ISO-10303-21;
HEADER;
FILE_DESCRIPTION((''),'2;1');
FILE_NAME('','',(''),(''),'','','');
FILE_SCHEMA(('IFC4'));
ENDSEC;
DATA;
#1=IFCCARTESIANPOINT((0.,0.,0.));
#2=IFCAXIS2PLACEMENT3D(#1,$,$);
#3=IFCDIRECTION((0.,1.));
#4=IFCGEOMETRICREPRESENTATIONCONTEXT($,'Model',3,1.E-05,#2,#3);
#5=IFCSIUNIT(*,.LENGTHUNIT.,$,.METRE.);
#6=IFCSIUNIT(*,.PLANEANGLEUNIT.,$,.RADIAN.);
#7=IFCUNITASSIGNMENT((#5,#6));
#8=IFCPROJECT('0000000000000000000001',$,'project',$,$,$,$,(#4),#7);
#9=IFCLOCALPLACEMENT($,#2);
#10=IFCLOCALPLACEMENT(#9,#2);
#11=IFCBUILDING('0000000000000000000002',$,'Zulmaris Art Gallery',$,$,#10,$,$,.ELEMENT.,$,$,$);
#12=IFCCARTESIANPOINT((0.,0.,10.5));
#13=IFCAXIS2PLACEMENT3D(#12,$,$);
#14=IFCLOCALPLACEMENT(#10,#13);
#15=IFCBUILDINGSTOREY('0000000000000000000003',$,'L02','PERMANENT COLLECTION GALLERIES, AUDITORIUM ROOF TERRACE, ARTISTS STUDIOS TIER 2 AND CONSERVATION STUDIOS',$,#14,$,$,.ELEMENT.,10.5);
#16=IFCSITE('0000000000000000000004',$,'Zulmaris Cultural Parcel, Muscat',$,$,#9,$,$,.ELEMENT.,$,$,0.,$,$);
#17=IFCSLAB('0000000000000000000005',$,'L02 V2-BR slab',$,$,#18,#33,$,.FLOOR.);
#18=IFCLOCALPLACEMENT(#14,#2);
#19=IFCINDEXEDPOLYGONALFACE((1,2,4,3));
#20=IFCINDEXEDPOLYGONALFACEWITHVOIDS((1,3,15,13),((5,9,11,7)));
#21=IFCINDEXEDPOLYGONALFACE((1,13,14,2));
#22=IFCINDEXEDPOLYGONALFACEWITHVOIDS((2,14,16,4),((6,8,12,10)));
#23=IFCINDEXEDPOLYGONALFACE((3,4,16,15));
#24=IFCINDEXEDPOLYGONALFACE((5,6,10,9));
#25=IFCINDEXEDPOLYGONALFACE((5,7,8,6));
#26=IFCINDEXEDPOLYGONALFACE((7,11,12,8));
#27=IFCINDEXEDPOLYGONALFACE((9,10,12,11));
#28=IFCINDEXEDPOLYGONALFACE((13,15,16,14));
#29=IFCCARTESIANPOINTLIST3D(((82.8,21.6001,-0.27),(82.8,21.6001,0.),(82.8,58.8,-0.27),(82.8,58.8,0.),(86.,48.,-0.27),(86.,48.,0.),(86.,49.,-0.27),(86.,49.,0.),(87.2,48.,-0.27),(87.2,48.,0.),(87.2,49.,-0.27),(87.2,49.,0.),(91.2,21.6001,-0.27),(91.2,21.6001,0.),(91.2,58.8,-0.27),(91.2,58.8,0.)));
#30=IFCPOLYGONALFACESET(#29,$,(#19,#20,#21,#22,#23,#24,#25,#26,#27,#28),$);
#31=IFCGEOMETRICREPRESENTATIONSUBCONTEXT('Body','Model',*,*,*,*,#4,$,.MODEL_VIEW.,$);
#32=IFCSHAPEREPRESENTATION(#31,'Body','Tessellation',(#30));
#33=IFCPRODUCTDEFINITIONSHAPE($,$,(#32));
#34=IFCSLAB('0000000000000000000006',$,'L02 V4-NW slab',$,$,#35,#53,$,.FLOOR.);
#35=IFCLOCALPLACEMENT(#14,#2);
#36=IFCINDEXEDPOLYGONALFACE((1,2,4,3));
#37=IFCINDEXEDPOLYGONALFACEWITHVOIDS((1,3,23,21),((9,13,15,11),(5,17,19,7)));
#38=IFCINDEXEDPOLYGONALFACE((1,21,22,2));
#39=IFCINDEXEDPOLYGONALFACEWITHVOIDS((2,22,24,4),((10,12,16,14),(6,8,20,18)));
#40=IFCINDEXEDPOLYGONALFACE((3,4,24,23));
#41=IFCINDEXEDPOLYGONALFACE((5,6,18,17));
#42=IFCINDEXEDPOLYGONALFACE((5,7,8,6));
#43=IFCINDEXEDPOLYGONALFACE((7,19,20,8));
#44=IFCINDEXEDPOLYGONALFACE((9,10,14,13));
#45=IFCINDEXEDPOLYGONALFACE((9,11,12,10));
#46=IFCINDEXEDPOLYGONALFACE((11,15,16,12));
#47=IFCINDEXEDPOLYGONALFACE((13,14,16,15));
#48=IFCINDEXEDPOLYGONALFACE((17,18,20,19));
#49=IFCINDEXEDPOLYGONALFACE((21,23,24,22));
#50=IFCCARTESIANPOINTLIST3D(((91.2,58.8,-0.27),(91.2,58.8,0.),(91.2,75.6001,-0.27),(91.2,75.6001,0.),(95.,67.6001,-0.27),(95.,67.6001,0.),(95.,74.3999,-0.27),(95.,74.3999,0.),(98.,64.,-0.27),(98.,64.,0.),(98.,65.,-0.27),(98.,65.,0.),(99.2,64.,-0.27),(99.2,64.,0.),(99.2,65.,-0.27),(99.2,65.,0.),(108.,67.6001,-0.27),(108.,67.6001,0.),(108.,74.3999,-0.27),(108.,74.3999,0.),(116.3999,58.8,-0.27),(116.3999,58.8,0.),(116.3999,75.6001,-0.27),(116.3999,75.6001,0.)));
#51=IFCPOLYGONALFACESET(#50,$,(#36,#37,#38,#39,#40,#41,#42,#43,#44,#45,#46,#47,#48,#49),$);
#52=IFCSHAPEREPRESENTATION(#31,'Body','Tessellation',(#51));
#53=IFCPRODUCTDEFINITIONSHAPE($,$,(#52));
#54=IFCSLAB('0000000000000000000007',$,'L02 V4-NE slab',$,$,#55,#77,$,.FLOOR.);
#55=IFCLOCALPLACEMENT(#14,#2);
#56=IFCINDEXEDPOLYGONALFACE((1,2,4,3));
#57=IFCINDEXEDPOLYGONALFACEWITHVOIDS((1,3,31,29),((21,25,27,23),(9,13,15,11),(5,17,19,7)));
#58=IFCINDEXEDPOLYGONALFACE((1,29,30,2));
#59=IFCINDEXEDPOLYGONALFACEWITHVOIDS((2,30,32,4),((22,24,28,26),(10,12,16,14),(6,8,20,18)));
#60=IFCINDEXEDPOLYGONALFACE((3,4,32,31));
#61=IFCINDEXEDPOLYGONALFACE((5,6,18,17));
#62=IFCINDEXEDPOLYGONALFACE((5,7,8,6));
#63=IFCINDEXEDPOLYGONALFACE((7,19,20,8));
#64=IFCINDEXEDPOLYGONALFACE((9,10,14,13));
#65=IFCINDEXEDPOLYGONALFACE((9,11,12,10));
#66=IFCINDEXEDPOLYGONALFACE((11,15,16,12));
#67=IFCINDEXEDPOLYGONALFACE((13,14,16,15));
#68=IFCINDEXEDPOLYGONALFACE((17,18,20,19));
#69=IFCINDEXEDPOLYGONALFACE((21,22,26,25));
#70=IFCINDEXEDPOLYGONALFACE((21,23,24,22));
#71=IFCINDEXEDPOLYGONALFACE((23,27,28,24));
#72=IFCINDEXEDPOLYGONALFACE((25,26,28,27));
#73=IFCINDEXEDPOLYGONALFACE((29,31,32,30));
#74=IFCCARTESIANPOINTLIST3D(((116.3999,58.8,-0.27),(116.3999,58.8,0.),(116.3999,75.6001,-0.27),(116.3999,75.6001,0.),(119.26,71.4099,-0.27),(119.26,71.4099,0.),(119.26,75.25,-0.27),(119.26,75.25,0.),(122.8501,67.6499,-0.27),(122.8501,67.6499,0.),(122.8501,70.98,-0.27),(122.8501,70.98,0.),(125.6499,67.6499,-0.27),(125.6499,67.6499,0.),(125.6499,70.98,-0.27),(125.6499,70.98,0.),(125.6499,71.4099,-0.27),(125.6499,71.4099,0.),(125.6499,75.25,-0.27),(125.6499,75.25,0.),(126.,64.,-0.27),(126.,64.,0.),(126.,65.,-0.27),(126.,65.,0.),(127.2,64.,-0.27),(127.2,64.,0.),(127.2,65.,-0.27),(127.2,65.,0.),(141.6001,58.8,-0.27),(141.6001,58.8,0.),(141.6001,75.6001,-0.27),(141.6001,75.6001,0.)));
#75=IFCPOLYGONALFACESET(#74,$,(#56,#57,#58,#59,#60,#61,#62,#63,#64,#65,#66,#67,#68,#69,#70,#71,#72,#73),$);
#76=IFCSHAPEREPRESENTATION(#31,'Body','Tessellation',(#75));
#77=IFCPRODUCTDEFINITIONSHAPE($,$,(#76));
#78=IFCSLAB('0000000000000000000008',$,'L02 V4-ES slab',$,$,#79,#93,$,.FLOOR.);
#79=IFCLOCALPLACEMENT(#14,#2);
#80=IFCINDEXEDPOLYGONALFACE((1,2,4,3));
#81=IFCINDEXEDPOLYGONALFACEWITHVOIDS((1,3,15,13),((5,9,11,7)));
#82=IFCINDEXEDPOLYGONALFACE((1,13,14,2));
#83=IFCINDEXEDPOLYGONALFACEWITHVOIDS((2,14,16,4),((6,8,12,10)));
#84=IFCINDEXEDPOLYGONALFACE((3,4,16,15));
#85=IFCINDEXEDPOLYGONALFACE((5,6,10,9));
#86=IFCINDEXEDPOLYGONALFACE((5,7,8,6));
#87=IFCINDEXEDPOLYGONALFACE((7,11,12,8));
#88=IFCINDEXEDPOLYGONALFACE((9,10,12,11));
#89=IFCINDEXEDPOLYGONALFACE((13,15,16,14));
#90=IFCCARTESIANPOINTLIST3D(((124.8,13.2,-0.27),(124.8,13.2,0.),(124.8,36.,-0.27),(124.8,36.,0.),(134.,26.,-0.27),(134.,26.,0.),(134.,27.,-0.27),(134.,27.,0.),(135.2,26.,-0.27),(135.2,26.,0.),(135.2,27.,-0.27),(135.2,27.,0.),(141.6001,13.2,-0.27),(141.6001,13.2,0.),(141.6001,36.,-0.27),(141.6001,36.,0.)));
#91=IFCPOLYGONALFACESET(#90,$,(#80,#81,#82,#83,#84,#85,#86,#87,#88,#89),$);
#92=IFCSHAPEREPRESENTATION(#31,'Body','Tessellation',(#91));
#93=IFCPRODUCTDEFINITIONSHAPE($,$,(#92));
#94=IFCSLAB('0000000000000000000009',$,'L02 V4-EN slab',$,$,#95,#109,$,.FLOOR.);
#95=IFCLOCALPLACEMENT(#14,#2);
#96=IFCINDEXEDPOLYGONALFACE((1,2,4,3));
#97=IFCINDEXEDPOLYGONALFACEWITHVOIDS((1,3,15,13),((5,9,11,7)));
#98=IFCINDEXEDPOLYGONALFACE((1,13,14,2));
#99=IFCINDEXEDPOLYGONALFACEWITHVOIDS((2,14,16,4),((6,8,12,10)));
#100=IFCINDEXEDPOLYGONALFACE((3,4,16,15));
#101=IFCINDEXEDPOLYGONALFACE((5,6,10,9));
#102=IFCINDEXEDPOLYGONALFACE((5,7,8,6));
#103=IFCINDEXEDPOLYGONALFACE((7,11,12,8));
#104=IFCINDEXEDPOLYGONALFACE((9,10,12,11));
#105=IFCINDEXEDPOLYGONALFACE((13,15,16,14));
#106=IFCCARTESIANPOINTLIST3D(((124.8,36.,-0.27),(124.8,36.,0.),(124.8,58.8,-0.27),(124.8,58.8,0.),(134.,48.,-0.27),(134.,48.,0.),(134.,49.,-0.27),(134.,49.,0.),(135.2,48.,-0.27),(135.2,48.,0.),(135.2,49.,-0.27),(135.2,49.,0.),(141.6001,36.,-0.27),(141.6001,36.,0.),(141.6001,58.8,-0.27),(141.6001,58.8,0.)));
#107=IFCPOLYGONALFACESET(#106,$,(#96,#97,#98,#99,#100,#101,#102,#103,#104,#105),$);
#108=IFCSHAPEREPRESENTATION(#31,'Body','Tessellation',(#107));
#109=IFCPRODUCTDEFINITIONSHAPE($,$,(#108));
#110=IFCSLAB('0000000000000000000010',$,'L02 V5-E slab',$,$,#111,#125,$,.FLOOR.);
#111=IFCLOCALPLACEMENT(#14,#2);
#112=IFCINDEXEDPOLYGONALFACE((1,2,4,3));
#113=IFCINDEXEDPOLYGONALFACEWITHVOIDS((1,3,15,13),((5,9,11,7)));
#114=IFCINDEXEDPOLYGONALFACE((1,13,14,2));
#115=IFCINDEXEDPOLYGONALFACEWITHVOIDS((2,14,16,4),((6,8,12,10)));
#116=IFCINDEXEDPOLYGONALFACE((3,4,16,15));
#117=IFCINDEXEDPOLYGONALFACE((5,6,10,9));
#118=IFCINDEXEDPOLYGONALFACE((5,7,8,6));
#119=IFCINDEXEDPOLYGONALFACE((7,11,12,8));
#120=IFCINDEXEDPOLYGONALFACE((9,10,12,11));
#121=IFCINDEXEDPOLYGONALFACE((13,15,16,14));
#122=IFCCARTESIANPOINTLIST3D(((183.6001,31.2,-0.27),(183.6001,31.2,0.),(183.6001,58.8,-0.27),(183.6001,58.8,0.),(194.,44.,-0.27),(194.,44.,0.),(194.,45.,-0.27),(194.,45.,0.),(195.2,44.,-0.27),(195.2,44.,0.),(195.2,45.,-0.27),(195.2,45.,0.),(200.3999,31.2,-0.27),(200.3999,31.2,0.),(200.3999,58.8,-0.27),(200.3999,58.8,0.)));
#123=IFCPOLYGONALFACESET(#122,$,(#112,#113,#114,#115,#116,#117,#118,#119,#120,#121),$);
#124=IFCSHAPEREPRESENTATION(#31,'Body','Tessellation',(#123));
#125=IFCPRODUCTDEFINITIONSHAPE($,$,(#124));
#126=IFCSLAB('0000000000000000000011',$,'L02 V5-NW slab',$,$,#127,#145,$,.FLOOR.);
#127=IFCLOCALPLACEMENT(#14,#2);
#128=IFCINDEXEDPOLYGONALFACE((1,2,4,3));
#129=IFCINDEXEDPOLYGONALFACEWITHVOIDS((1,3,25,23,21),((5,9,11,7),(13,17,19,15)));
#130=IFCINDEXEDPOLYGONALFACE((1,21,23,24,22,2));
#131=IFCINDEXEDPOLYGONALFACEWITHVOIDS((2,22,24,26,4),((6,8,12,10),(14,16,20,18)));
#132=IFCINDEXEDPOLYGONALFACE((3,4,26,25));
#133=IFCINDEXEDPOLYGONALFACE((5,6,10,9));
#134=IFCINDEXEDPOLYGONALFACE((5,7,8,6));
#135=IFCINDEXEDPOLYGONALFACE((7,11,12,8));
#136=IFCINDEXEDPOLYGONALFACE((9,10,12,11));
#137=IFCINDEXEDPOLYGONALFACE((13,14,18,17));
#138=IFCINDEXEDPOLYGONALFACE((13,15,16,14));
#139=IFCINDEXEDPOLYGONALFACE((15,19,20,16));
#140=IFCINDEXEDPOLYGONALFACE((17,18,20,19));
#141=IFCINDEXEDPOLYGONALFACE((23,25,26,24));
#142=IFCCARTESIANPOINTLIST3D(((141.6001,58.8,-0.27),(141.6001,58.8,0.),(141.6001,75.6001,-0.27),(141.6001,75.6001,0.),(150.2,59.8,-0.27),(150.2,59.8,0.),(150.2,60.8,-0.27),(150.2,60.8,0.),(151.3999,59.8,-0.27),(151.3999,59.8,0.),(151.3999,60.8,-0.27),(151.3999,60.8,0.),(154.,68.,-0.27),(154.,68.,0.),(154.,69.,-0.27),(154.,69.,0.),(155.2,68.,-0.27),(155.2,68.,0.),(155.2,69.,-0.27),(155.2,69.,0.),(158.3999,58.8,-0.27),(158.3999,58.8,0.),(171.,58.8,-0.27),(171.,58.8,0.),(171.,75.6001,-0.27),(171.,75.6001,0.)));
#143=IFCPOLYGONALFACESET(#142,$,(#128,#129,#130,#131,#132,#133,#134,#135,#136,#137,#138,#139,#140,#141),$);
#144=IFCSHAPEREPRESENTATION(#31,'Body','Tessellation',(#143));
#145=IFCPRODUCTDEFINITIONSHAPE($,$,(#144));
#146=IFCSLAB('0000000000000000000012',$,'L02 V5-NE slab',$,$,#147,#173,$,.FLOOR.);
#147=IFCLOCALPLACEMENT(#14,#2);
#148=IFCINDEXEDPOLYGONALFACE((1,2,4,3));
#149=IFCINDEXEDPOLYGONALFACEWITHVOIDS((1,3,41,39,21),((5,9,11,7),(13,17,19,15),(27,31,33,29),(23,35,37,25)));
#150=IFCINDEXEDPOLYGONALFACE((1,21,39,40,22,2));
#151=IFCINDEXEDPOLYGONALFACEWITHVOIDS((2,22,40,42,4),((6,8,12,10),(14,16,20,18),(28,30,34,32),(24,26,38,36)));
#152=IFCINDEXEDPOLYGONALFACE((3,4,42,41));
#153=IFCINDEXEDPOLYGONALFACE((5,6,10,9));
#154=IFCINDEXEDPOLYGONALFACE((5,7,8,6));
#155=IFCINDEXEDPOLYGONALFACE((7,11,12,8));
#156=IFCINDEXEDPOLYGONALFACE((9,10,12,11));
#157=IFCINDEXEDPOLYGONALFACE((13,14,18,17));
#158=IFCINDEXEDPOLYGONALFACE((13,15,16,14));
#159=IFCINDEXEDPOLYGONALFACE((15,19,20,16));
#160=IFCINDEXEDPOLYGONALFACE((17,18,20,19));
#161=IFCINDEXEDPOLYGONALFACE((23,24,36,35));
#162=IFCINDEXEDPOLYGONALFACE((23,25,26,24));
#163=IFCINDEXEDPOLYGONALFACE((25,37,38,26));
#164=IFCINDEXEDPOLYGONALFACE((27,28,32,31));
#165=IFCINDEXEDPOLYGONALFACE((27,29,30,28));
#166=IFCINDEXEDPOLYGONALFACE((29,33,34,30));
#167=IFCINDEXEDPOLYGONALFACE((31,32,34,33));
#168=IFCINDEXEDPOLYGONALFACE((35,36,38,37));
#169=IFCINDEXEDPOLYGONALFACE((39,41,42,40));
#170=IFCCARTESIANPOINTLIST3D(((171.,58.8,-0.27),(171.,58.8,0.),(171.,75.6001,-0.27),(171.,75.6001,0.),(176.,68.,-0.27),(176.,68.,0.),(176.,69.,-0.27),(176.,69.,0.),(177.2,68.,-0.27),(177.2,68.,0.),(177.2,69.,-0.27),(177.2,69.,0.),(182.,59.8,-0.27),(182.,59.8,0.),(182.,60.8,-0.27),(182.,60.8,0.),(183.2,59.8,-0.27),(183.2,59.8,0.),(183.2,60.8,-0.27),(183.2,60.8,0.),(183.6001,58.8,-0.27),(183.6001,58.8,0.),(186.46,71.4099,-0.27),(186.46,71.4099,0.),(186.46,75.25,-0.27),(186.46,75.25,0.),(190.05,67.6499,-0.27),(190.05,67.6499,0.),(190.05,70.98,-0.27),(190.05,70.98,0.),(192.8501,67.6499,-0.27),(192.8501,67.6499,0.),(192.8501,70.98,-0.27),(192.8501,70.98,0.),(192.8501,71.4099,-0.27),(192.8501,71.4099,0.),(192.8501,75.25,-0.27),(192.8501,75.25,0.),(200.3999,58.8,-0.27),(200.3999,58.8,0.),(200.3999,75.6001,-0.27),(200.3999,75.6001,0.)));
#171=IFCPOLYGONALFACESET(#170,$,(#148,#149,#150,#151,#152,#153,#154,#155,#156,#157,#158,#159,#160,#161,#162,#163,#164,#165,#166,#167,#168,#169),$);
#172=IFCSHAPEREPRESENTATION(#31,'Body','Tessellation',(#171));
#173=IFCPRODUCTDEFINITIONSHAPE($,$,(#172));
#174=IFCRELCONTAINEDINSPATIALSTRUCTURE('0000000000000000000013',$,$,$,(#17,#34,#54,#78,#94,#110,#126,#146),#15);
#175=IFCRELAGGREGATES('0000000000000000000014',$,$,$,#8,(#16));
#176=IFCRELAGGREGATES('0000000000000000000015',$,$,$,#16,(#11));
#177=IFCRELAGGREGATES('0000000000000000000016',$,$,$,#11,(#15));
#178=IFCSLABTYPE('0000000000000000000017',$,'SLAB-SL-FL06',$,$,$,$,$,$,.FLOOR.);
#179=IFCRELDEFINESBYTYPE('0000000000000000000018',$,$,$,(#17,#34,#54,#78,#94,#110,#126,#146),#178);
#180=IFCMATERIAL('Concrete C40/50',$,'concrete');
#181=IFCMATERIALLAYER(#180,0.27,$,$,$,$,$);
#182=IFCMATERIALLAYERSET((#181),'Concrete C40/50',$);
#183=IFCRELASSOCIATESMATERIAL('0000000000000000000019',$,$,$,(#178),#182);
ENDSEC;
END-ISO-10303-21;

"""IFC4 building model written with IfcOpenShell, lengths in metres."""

from ifc_helpers import new_model, si_unit, direction, frame, origin, place, context, subcontext, project, spatial, polyline, outline, extrude, material, layer, layer_set, type_object, element, save


model = new_model("IFC4")

# Units and contexts
model_context = context("Model", 3, precision=1e-05, world=origin(), true_north=direction((0.0, 1.0)))
body_context = subcontext(model_context, "Body", "Model", "MODEL_VIEW")
ifc_project = project(units=[si_unit("LENGTHUNIT", "METRE"), si_unit("PLANEANGLEUNIT", "RADIAN")], contexts=[model_context])

# Site, building, storey
site_placement = place(None, origin())
site = spatial("IfcSite", under=ifc_project, at=site_placement, Name="Zulmaris Cultural Parcel, Muscat", CompositionType="ELEMENT", RefElevation=0.0)
building_placement = place(site_placement, origin())
building = spatial("IfcBuilding", under=site, at=building_placement, Name="Zulmaris Art Gallery", CompositionType="ELEMENT")
storey_placement = place(building_placement, frame((0.0, 0.0, 10.5)))
storey = spatial("IfcBuildingStorey", under=building, at=storey_placement, Name="L02", Description="PERMANENT COLLECTION GALLERIES, AUDITORIUM ROOF TERRACE, ARTISTS STUDIOS TIER 2 AND CONSERVATION STUDIOS", CompositionType="ELEMENT", Elevation=10.5)

# Slabs
ifc_material_1 = material(Name="Concrete C40/50", Category="concrete")
ifc_layer_1 = layer(ifc_material_1, 0.27)
ifc_layer_set_1 = layer_set([ifc_layer_1], Name="Concrete C40/50")
slab_type_1 = type_object("IfcSlabType", Name="SLAB-SL-FL06", PredefinedType="FLOOR", material=ifc_layer_set_1)
slab_1_placement = place(storey_placement, frame((0.0, 0.0, -0.27)))
element("IfcSlab", 1, at=slab_1_placement, inside=storey, type_object=slab_type_1, Name="L02 V2-BR slab", PredefinedType="FLOOR", context=body_context, shape_type="SweptSolid", body=[
    extrude(outline(polyline([(82.8, 21.6001), (82.8, 58.8), (91.2, 58.8), (91.2, 21.6001), (82.8, 21.6001)]), holes=[polyline([(87.2, 48.0), (87.2, 49.0), (86.0, 49.0), (86.0, 48.0), (87.2, 48.0)])]), origin(), (0.0, 0.0, 1.0), 0.27),
])
slab_2_placement = place(storey_placement, frame((0.0, 0.0, -0.27)))
element("IfcSlab", 2, at=slab_2_placement, inside=storey, type_object=slab_type_1, Name="L02 V4-NW slab", PredefinedType="FLOOR", context=body_context, shape_type="SweptSolid", body=[
    extrude(outline(polyline([(91.2, 58.8), (91.2, 75.6001), (116.3999, 75.6001), (116.3999, 58.8), (91.2, 58.8)]), holes=[polyline([(99.2, 64.0), (99.2, 65.0), (98.0, 65.0), (98.0, 64.0), (99.2, 64.0)]), polyline([(108.0, 67.6001), (108.0, 74.3999), (95.0, 74.3999), (95.0, 67.6001), (108.0, 67.6001)])]), origin(), (0.0, 0.0, 1.0), 0.27),
])
slab_3_placement = place(storey_placement, frame((0.0, 0.0, -0.27)))
element("IfcSlab", 3, at=slab_3_placement, inside=storey, type_object=slab_type_1, Name="L02 V4-NE slab", PredefinedType="FLOOR", context=body_context, shape_type="SweptSolid", body=[
    extrude(outline(polyline([(116.3999, 58.8), (116.3999, 75.6001), (141.6001, 75.6001), (141.6001, 58.8), (116.3999, 58.8)]), holes=[polyline([(127.2, 64.0), (127.2, 65.0), (126.0, 65.0), (126.0, 64.0), (127.2, 64.0)]), polyline([(125.6499, 67.6499), (125.6499, 70.98), (122.8501, 70.98), (122.8501, 67.6499), (125.6499, 67.6499)]), polyline([(119.26, 71.4099), (125.6499, 71.4099), (125.6499, 75.25), (119.26, 75.25), (119.26, 71.4099)])]), origin(), (0.0, 0.0, 1.0), 0.27),
])
slab_4_placement = place(storey_placement, frame((0.0, 0.0, -0.27)))
element("IfcSlab", 4, at=slab_4_placement, inside=storey, type_object=slab_type_1, Name="L02 V4-ES slab", PredefinedType="FLOOR", context=body_context, shape_type="SweptSolid", body=[
    extrude(outline(polyline([(124.8, 13.2), (124.8, 36.0), (141.6001, 36.0), (141.6001, 13.2), (124.8, 13.2)]), holes=[polyline([(135.2, 26.0), (135.2, 27.0), (134.0, 27.0), (134.0, 26.0), (135.2, 26.0)])]), origin(), (0.0, 0.0, 1.0), 0.27),
])
slab_5_placement = place(storey_placement, frame((0.0, 0.0, -0.27)))
element("IfcSlab", 5, at=slab_5_placement, inside=storey, type_object=slab_type_1, Name="L02 V4-EN slab", PredefinedType="FLOOR", context=body_context, shape_type="SweptSolid", body=[
    extrude(outline(polyline([(124.8, 36.0), (124.8, 58.8), (141.6001, 58.8), (141.6001, 36.0), (124.8, 36.0)]), holes=[polyline([(135.2, 48.0), (135.2, 49.0), (134.0, 49.0), (134.0, 48.0), (135.2, 48.0)])]), origin(), (0.0, 0.0, 1.0), 0.27),
])
slab_6_placement = place(storey_placement, frame((0.0, 0.0, -0.27)))
element("IfcSlab", 6, at=slab_6_placement, inside=storey, type_object=slab_type_1, Name="L02 V5-E slab", PredefinedType="FLOOR", context=body_context, shape_type="SweptSolid", body=[
    extrude(outline(polyline([(183.6001, 31.2), (183.6001, 58.8), (200.3999, 58.8), (200.3999, 31.2), (183.6001, 31.2)]), holes=[polyline([(195.2, 44.0), (195.2, 45.0), (194.0, 45.0), (194.0, 44.0), (195.2, 44.0)])]), origin(), (0.0, 0.0, 1.0), 0.27),
])
slab_7_placement = place(storey_placement, frame((0.0, 0.0, -0.27)))
element("IfcSlab", 7, at=slab_7_placement, inside=storey, type_object=slab_type_1, Name="L02 V5-NW slab", PredefinedType="FLOOR", context=body_context, shape_type="SweptSolid", body=[
    extrude(outline(polyline([(171.0, 75.6001), (171.0, 58.8), (158.3999, 58.8), (141.6001, 58.8), (141.6001, 75.6001), (171.0, 75.6001)]), holes=[polyline([(151.3999, 59.8), (151.3999, 60.8), (150.2, 60.8), (150.2, 59.8), (151.3999, 59.8)]), polyline([(155.2, 68.0), (155.2, 69.0), (154.0, 69.0), (154.0, 68.0), (155.2, 68.0)])]), origin(), (0.0, 0.0, 1.0), 0.27),
])
slab_8_placement = place(storey_placement, frame((0.0, 0.0, -0.27)))
element("IfcSlab", 8, at=slab_8_placement, inside=storey, type_object=slab_type_1, Name="L02 V5-NE slab", PredefinedType="FLOOR", context=body_context, shape_type="SweptSolid", body=[
    extrude(outline(polyline([(200.3999, 58.8), (183.6001, 58.8), (171.0, 58.8), (171.0, 75.6001), (200.3999, 75.6001), (200.3999, 58.8)]), holes=[polyline([(183.2, 59.8), (183.2, 60.8), (182.0, 60.8), (182.0, 59.8), (183.2, 59.8)]), polyline([(177.2, 68.0), (177.2, 69.0), (176.0, 69.0), (176.0, 68.0), (177.2, 68.0)]), polyline([(192.8501, 67.6499), (192.8501, 70.98), (190.05, 70.98), (190.05, 67.6499), (192.8501, 67.6499)]), polyline([(186.46, 71.4099), (192.8501, 71.4099), (192.8501, 75.25), (186.46, 75.25), (186.46, 71.4099)])]), origin(), (0.0, 0.0, 1.0), 0.27),
])

save(model, "model.ifc")
